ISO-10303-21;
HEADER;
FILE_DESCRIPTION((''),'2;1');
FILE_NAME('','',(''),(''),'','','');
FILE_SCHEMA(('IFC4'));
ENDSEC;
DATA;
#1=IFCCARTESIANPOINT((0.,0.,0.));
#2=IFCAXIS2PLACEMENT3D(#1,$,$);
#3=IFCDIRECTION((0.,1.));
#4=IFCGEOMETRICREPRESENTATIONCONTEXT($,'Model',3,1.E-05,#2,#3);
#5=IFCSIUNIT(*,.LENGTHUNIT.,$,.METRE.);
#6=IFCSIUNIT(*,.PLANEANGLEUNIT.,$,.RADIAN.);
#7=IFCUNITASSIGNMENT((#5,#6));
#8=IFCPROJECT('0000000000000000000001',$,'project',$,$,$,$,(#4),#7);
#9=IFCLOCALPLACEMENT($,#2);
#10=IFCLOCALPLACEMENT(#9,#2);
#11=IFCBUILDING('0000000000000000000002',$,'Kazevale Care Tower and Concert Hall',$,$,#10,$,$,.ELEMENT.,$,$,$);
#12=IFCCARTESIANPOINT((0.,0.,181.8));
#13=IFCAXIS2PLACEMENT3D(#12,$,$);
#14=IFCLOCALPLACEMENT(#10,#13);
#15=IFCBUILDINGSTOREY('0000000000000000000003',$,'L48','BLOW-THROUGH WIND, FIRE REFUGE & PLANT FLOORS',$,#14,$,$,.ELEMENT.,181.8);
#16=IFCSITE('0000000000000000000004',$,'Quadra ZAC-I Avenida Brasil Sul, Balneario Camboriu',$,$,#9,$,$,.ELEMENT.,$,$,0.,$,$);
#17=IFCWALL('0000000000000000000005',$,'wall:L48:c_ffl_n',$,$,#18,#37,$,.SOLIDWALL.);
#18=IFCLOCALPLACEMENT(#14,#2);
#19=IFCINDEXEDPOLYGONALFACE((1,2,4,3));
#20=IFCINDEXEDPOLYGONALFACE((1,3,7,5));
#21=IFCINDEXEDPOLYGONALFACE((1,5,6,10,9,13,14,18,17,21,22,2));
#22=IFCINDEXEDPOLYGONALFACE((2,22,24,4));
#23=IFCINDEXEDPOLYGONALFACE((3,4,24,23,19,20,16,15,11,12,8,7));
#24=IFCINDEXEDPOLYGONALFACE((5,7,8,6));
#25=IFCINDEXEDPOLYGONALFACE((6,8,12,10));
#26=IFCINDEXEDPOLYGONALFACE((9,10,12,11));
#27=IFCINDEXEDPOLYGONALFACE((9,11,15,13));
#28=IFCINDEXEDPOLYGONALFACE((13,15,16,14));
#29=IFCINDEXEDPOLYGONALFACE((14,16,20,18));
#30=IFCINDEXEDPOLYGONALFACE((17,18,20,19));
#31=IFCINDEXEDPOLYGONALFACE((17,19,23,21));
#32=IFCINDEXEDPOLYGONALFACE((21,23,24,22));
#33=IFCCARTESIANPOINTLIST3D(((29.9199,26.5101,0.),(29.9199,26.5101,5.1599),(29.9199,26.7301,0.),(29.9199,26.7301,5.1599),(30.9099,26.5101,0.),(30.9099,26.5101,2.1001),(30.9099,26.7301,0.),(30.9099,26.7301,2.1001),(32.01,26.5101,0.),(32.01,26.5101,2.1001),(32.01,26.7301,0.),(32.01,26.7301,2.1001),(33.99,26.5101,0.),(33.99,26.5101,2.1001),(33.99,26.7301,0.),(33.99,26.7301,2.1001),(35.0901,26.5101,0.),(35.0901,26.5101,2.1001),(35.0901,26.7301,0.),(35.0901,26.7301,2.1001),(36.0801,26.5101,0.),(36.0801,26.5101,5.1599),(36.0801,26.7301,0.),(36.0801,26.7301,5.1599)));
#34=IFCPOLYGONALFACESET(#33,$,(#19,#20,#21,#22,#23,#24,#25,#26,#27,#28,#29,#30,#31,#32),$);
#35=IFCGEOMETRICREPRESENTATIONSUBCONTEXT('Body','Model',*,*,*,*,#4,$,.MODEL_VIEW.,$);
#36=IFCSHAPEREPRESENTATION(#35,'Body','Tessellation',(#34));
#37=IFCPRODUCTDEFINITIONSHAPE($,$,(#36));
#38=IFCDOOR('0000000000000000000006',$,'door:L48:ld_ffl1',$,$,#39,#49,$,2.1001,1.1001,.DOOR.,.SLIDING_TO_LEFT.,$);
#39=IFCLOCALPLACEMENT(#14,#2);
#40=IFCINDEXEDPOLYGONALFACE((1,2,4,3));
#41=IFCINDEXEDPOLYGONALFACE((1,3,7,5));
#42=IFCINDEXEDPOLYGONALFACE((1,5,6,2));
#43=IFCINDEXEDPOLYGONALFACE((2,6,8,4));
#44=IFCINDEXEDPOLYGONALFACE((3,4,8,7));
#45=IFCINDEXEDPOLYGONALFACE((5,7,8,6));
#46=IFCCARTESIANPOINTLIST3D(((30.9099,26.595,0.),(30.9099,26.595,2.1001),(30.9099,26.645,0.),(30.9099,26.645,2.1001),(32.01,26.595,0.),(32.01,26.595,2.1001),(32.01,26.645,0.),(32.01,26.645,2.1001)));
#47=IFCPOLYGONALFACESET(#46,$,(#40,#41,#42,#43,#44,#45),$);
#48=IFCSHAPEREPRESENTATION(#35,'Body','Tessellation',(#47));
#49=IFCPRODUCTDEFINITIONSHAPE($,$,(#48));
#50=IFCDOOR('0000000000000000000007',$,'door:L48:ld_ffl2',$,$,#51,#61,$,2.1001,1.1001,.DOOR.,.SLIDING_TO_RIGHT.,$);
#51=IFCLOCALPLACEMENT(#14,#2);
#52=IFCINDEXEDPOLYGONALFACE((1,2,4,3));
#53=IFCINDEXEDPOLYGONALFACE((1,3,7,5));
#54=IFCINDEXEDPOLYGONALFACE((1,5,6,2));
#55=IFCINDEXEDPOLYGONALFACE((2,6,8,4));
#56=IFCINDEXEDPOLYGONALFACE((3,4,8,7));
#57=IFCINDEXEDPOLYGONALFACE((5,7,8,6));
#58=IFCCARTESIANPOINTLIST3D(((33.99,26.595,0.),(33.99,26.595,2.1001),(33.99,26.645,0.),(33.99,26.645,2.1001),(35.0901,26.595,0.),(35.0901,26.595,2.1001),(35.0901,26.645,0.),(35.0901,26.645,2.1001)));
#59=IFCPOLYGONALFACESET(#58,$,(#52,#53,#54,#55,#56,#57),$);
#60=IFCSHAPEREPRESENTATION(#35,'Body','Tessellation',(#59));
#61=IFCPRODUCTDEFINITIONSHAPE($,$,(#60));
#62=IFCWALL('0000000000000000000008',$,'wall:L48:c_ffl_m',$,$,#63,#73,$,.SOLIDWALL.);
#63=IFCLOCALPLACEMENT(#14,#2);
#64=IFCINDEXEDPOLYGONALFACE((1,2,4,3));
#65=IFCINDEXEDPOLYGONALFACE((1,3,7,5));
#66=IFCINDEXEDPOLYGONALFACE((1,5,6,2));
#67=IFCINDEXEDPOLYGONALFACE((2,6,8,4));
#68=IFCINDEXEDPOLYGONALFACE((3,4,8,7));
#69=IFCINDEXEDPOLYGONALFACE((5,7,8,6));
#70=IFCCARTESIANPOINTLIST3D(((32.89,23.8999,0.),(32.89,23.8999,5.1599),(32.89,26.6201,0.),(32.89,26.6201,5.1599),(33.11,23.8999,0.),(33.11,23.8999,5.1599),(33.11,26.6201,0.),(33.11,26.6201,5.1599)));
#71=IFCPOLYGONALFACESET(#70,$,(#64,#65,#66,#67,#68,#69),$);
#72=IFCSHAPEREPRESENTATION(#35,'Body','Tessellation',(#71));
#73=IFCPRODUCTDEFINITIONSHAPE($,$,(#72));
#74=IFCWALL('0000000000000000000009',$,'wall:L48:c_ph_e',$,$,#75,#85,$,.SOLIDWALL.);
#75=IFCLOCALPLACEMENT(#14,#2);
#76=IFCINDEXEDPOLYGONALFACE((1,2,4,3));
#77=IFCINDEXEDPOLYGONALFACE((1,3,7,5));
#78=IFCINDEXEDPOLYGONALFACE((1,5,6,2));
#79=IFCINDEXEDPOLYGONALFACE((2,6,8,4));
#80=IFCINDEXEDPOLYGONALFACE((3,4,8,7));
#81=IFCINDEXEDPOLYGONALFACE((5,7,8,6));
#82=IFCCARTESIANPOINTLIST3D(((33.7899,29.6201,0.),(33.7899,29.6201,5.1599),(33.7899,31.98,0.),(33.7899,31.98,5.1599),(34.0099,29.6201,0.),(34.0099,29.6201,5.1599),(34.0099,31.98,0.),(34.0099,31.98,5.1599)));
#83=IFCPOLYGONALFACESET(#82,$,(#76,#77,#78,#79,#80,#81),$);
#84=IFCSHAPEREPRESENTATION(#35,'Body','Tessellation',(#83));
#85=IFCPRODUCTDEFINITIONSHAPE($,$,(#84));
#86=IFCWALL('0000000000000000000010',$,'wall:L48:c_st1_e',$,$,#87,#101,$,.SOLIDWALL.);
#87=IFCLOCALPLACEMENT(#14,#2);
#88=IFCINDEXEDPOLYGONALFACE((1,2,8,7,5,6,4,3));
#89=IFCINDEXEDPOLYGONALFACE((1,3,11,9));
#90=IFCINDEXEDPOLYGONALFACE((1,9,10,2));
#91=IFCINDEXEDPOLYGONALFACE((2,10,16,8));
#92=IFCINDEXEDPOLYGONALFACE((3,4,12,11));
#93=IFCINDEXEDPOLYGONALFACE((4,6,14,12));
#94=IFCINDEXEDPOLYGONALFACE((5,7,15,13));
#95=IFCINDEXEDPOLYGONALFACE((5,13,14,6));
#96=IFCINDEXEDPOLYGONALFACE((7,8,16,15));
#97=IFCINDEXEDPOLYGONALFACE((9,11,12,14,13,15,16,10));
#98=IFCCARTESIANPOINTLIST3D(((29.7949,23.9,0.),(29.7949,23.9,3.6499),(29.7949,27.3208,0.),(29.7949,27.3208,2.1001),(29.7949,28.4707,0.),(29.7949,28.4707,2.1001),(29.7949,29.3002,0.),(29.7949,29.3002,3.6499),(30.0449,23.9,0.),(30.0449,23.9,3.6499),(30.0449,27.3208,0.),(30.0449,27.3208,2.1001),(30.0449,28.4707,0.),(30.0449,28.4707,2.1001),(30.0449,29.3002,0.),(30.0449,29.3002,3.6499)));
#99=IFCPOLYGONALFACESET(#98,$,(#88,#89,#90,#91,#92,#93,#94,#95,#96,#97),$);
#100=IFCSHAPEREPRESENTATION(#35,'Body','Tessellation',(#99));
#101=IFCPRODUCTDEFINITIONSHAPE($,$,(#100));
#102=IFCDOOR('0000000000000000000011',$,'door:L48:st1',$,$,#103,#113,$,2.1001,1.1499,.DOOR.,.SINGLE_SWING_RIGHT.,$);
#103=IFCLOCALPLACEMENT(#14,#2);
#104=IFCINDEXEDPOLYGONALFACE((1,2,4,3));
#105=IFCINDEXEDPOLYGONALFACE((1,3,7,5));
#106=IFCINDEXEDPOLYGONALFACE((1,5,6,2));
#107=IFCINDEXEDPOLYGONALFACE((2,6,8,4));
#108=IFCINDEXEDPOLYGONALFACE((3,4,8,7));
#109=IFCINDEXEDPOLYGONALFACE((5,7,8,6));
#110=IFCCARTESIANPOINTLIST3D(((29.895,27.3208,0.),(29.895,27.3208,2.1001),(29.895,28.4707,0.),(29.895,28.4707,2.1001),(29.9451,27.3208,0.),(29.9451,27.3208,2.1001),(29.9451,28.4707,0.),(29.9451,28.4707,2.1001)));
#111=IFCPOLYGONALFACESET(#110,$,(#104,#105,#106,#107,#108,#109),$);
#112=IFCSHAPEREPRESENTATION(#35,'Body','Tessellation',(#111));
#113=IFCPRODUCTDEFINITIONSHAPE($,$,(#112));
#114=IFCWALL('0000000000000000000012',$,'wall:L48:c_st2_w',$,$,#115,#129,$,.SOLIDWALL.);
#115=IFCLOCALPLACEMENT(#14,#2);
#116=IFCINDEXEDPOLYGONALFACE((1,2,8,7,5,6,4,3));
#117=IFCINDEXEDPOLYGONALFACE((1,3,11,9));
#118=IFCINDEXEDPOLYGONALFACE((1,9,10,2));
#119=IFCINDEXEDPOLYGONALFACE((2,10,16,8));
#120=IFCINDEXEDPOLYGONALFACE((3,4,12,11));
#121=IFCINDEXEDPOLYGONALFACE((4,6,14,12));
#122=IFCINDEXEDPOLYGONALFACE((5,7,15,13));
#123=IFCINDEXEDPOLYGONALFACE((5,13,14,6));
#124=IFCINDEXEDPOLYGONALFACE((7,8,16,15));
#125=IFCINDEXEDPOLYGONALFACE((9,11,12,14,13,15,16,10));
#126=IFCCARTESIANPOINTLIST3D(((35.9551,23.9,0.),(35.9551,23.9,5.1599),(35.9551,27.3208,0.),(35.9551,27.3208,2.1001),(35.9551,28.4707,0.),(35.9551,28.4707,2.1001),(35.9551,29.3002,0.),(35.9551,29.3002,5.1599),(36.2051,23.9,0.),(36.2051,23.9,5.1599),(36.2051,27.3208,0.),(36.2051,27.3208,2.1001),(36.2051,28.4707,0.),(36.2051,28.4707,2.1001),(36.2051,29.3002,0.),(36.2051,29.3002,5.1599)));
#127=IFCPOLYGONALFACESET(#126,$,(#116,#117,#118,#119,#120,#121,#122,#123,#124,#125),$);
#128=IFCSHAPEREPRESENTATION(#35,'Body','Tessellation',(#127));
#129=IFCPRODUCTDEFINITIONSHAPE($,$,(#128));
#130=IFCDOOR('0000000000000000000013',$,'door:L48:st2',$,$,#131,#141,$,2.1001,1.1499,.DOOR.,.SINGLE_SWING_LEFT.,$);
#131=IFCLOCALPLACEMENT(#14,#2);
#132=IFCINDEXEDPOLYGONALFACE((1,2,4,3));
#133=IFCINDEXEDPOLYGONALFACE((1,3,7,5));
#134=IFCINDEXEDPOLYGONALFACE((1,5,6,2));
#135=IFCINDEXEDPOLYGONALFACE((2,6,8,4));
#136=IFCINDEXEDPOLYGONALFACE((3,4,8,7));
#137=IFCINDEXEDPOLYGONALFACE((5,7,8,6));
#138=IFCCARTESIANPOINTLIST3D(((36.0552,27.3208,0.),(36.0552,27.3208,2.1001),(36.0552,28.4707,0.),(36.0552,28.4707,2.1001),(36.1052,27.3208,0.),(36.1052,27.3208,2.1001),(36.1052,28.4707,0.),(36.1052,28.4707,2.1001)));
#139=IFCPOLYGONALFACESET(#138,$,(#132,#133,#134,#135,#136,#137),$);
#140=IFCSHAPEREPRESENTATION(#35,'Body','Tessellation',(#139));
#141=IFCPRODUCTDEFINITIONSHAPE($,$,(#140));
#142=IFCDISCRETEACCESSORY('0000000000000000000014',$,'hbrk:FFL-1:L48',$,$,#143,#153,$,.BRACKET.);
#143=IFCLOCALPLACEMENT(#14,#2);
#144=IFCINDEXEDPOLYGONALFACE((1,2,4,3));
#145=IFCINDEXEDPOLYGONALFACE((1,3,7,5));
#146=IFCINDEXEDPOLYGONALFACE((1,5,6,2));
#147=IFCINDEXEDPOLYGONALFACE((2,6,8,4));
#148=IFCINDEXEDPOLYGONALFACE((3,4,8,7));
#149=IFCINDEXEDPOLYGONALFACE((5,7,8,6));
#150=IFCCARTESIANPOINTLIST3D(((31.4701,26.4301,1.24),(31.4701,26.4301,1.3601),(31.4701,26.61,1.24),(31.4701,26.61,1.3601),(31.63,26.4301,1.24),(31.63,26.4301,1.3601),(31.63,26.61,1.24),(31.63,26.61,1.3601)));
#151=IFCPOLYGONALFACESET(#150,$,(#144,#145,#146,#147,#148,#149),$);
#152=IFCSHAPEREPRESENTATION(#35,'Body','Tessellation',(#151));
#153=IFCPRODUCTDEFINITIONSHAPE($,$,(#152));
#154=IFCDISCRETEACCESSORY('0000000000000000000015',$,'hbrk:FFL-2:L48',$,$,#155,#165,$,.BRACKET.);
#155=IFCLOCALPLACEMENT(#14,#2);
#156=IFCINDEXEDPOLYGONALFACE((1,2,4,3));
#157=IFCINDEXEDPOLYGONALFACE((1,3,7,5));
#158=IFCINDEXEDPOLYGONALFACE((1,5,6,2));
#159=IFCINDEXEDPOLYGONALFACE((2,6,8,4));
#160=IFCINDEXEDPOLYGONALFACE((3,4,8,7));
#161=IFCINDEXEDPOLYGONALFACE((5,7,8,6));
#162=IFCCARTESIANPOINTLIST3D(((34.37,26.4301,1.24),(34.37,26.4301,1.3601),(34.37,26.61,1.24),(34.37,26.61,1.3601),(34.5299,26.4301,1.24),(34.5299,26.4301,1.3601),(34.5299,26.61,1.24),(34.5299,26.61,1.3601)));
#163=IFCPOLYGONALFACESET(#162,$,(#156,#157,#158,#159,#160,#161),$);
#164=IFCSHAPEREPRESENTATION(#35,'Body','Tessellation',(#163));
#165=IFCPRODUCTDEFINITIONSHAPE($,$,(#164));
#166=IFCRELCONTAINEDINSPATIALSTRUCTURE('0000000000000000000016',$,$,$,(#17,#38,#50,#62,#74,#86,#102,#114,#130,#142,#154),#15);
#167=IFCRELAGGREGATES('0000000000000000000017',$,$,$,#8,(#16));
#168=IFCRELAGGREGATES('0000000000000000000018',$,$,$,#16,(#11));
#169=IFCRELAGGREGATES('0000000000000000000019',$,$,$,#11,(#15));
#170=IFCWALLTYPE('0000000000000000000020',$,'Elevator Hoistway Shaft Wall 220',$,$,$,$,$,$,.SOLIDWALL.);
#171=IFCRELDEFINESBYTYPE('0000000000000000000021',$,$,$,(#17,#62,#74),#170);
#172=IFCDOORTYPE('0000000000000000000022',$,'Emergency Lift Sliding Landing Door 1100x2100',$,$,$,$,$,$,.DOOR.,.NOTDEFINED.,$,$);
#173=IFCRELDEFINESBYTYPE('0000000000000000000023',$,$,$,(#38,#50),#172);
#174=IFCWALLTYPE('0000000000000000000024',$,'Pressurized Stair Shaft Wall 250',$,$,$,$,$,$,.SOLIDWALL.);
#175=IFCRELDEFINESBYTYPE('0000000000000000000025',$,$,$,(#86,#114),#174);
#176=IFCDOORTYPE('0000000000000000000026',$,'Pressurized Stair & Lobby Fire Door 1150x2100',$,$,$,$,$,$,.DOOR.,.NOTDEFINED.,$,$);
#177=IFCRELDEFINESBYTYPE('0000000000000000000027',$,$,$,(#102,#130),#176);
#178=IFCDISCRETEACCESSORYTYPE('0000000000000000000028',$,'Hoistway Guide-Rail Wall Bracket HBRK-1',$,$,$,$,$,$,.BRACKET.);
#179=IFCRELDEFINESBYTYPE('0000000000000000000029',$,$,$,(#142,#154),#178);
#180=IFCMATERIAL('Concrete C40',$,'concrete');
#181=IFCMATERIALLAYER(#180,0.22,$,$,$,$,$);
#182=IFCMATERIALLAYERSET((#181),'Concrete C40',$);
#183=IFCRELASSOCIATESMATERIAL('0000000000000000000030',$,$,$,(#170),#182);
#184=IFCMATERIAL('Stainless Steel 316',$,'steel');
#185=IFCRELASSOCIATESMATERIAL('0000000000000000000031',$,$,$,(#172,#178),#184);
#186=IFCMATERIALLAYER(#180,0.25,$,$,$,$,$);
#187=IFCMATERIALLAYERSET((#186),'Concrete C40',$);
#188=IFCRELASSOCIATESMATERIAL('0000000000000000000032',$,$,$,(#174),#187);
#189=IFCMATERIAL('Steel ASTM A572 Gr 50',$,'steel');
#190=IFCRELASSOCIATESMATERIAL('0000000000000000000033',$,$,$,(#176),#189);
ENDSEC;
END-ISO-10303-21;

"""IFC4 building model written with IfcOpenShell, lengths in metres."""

from ifc_helpers import new_model, si_unit, direction, frame, frame_2d, origin, origin_2d, place, context, subcontext, project, spatial, rectangle, extrude, material, layer, layer_set, type_object, element, fill, save


model = new_model("IFC4")

# Units and contexts
model_context = context("Model", 3, precision=1e-05, world=origin(), true_north=direction((0.0, 1.0)))
body_context = subcontext(model_context, "Body", "Model", "MODEL_VIEW")
ifc_project = project(units=[si_unit("LENGTHUNIT", "METRE"), si_unit("PLANEANGLEUNIT", "RADIAN")], contexts=[model_context])

# Site, building, storey
site_placement = place(None, origin())
site = spatial("IfcSite", under=ifc_project, at=site_placement, Name="Quadra ZAC-I Avenida Brasil Sul, Balneario Camboriu", CompositionType="ELEMENT", RefElevation=0.0)
building_placement = place(site_placement, origin())
building = spatial("IfcBuilding", under=site, at=building_placement, Name="Kazevale Care Tower and Concert Hall", CompositionType="ELEMENT")
storey_placement = place(building_placement, frame((0.0, 0.0, 181.8)))
storey = spatial("IfcBuildingStorey", under=building, at=storey_placement, Name="L48", Description="BLOW-THROUGH WIND, FIRE REFUGE & PLANT FLOORS", CompositionType="ELEMENT", Elevation=181.8)

# Shared definitions
ifc_material_1 = material(Name="Steel ASTM A572 Gr 50", Category="steel")

# Wall, openings, doors
ifc_material_2 = material(Name="Concrete C40", Category="concrete")
ifc_layer_1 = layer(ifc_material_2, 0.22)
ifc_layer_set_1 = layer_set([ifc_layer_1], Name="Concrete C40")
wall_type_1 = type_object("IfcWallType", Name="Elevator Hoistway Shaft Wall 220", PredefinedType="SOLIDWALL", material=ifc_layer_set_1)
wall_1_placement = place(storey_placement, frame((29.9199, 26.6201, 0.0), z_axis=(0.0, 0.0, 1.0), x_axis=(1.0, 0.0, 0.0)))
wall_1 = element("IfcWall", 1, at=wall_1_placement, inside=storey, type_object=wall_type_1, Name="wall:L48:c_ffl_n", PredefinedType="SOLIDWALL", context=body_context, shape_type="SweptSolid", body=[
    extrude(rectangle(XDim=6.1602, YDim=0.22, at=frame_2d((3.0801, 0.0))), origin(), (0.0, 0.0, 1.0), 5.1599),
])
opening_1_placement = place(wall_1_placement, frame((0.99, 0.0, 0.0)))
opening_1 = element("IfcOpeningElement", 2, at=opening_1_placement, cuts=wall_1, PredefinedType="OPENING", context=body_context, shape_type="SweptSolid", body=[
    extrude(rectangle(XDim=1.1001, YDim=2.1001, at=frame_2d((0.55, 1.05))), frame((0.0, 0.1199, 0.0), z_axis=(0.0, -1.0, 0.0), x_axis=(1.0, 0.0, 0.0)), (0.0, 0.0, 1.0), 0.24),
])
opening_2_placement = place(wall_1_placement, frame((4.0701, 0.0, 0.0)))
opening_2 = element("IfcOpeningElement", 3, at=opening_2_placement, cuts=wall_1, PredefinedType="OPENING", context=body_context, shape_type="SweptSolid", body=[
    extrude(rectangle(XDim=1.1001, YDim=2.1001, at=frame_2d((0.55, 1.05))), frame((0.0, 0.1199, 0.0), z_axis=(0.0, -1.0, 0.0), x_axis=(1.0, 0.0, 0.0)), (0.0, 0.0, 1.0), 0.24),
])
ifc_material_3 = material(Name="Stainless Steel 316", Category="steel")
door_type_1 = type_object("IfcDoorType", Name="Emergency Lift Sliding Landing Door 1100x2100", OperationType="NOTDEFINED", PredefinedType="DOOR", material=ifc_material_3)
door_1_placement = place(opening_1_placement, origin())
door_1 = element("IfcDoor", 4, at=door_1_placement, inside=storey, type_object=door_type_1, Name="door:L48:ld_ffl1", OperationType="SLIDING_TO_LEFT", OverallHeight=2.1001, OverallWidth=1.1001, PredefinedType="DOOR", context=body_context, shape_type="SweptSolid", body=[
    extrude(rectangle(XDim=1.1001, YDim=2.1001, at=frame_2d((0.55, 1.05))), frame((0.0, 0.0249, 0.0), z_axis=(0.0, -1.0, 0.0), x_axis=(1.0, 0.0, 0.0)), (0.0, 0.0, 1.0), 0.05),
])
fill(opening_1, door_1)
door_2_placement = place(opening_2_placement, origin())
door_2 = element("IfcDoor", 5, at=door_2_placement, inside=storey, type_object=door_type_1, Name="door:L48:ld_ffl2", OperationType="SLIDING_TO_RIGHT", OverallHeight=2.1001, OverallWidth=1.1001, PredefinedType="DOOR", context=body_context, shape_type="SweptSolid", body=[
    extrude(rectangle(XDim=1.1001, YDim=2.1001, at=frame_2d((0.55, 1.05))), frame((0.0, 0.0249, 0.0), z_axis=(0.0, -1.0, 0.0), x_axis=(1.0, 0.0, 0.0)), (0.0, 0.0, 1.0), 0.05),
])
fill(opening_2, door_2)

# Walls
wall_2_placement = place(storey_placement, frame((33.0, 23.8999, 0.0), z_axis=(0.0, 0.0, 1.0), x_axis=(0.0, 1.0, 0.0)))
element("IfcWall", 6, at=wall_2_placement, inside=storey, type_object=wall_type_1, Name="wall:L48:c_ffl_m", PredefinedType="SOLIDWALL", context=body_context, shape_type="SweptSolid", body=[
    extrude(rectangle(XDim=2.7202, YDim=0.22, at=frame_2d((1.3601, 0.0))), origin(), (0.0, 0.0, 1.0), 5.1599),
])
wall_3_placement = place(storey_placement, frame((33.8999, 29.6201, 0.0), z_axis=(0.0, 0.0, 1.0), x_axis=(0.0, 1.0, 0.0)))
element("IfcWall", 7, at=wall_3_placement, inside=storey, type_object=wall_type_1, Name="wall:L48:c_ph_e", PredefinedType="SOLIDWALL", context=body_context, shape_type="SweptSolid", body=[
    extrude(rectangle(XDim=2.3599, YDim=0.22, at=frame_2d((1.1799, 0.0))), origin(), (0.0, 0.0, 1.0), 5.1599),
])

# Walls, openings, doors
ifc_layer_2 = layer(ifc_material_2, 0.25)
ifc_layer_set_2 = layer_set([ifc_layer_2], Name="Concrete C40")
wall_type_2 = type_object("IfcWallType", Name="Pressurized Stair Shaft Wall 250", PredefinedType="SOLIDWALL", material=ifc_layer_set_2)
wall_4_placement = place(storey_placement, frame((29.9199, 23.8999, 0.0), z_axis=(0.0, 0.0, 1.0), x_axis=(0.0, 1.0, 0.0)))
wall_4 = element("IfcWall", 8, at=wall_4_placement, inside=storey, type_object=wall_type_2, Name="wall:L48:c_st1_e", PredefinedType="SOLIDWALL", context=body_context, shape_type="SweptSolid", body=[
    extrude(rectangle(XDim=5.4001, YDim=0.25, at=frame_2d((2.7002, 0.0))), origin(), (0.0, 0.0, 1.0), 3.6499),
])
opening_3_placement = place(wall_4_placement, frame((3.4209, 0.0, 0.0)))
opening_3 = element("IfcOpeningElement", 9, at=opening_3_placement, cuts=wall_4, PredefinedType="OPENING", context=body_context, shape_type="SweptSolid", body=[
    extrude(rectangle(XDim=1.1499, YDim=2.1001, at=frame_2d((0.575, 1.05))), frame((0.0, 0.135, 0.0), z_axis=(0.0, -1.0, 0.0), x_axis=(1.0, 0.0, 0.0)), (0.0, 0.0, 1.0), 0.27),
])
door_type_2 = type_object("IfcDoorType", Name="Pressurized Stair & Lobby Fire Door 1150x2100", OperationType="NOTDEFINED", PredefinedType="DOOR", material=ifc_material_1)
door_3_placement = place(opening_3_placement, origin())
door_3 = element("IfcDoor", 10, at=door_3_placement, inside=storey, type_object=door_type_2, Name="door:L48:st1", OperationType="SINGLE_SWING_RIGHT", OverallHeight=2.1001, OverallWidth=1.1499, PredefinedType="DOOR", context=body_context, shape_type="SweptSolid", body=[
    extrude(rectangle(XDim=1.1499, YDim=2.1001, at=frame_2d((0.575, 1.05))), frame((0.0, 0.0249, 0.0), z_axis=(0.0, -1.0, 0.0), x_axis=(1.0, 0.0, 0.0)), (0.0, 0.0, 1.0), 0.05),
])
fill(opening_3, door_3)
wall_5_placement = place(storey_placement, frame((36.0801, 23.8999, 0.0), z_axis=(0.0, 0.0, 1.0), x_axis=(0.0, 1.0, 0.0)))
wall_5 = element("IfcWall", 11, at=wall_5_placement, inside=storey, type_object=wall_type_2, Name="wall:L48:c_st2_w", PredefinedType="SOLIDWALL", context=body_context, shape_type="SweptSolid", body=[
    extrude(rectangle(XDim=5.4001, YDim=0.25, at=frame_2d((2.7002, 0.0))), origin(), (0.0, 0.0, 1.0), 5.1599),
])
opening_4_placement = place(wall_5_placement, frame((3.4209, 0.0, 0.0)))
opening_4 = element("IfcOpeningElement", 12, at=opening_4_placement, cuts=wall_5, PredefinedType="OPENING", context=body_context, shape_type="SweptSolid", body=[
    extrude(rectangle(XDim=1.1499, YDim=2.1001, at=frame_2d((0.575, 1.05))), frame((0.0, 0.135, 0.0), z_axis=(0.0, -1.0, 0.0), x_axis=(1.0, 0.0, 0.0)), (0.0, 0.0, 1.0), 0.27),
])
door_4_placement = place(opening_4_placement, origin())
door_4 = element("IfcDoor", 13, at=door_4_placement, inside=storey, type_object=door_type_2, Name="door:L48:st2", OperationType="SINGLE_SWING_LEFT", OverallHeight=2.1001, OverallWidth=1.1499, PredefinedType="DOOR", context=body_context, shape_type="SweptSolid", body=[
    extrude(rectangle(XDim=1.1499, YDim=2.1001, at=frame_2d((0.575, 1.05))), frame((0.0, 0.0249, 0.0), z_axis=(0.0, -1.0, 0.0), x_axis=(1.0, 0.0, 0.0)), (0.0, 0.0, 1.0), 0.05),
])
fill(opening_4, door_4)

# Discrete accessories
discrete_accessory_type = type_object("IfcDiscreteAccessoryType", Name="Hoistway Guide-Rail Wall Bracket HBRK-1", PredefinedType="BRACKET", material=ifc_material_3)
for number, where, z_axis, x_axis, name in (
    (14, (31.55, 26.52, 1.24), (0.0, 0.0, 1.0), (1.0, 0.0, 0.0), "hbrk:FFL-1:L48"),
    (15, (34.45, 26.52, 1.24), (0.0, 0.0, 1.0), (1.0, 0.0, 0.0), "hbrk:FFL-2:L48"),
):
    element("IfcDiscreteAccessory", number, at=place(storey_placement, frame(where, z_axis=z_axis, x_axis=x_axis)), inside=storey, type_object=discrete_accessory_type, Name=name, PredefinedType="BRACKET", context=body_context, shape_type="SweptSolid", body=[
        extrude(rectangle(XDim=0.1599, YDim=0.1799, at=origin_2d()), origin(), (0.0, 0.0, 1.0), 0.1201),
    ])

save(model, "model.ifc")
